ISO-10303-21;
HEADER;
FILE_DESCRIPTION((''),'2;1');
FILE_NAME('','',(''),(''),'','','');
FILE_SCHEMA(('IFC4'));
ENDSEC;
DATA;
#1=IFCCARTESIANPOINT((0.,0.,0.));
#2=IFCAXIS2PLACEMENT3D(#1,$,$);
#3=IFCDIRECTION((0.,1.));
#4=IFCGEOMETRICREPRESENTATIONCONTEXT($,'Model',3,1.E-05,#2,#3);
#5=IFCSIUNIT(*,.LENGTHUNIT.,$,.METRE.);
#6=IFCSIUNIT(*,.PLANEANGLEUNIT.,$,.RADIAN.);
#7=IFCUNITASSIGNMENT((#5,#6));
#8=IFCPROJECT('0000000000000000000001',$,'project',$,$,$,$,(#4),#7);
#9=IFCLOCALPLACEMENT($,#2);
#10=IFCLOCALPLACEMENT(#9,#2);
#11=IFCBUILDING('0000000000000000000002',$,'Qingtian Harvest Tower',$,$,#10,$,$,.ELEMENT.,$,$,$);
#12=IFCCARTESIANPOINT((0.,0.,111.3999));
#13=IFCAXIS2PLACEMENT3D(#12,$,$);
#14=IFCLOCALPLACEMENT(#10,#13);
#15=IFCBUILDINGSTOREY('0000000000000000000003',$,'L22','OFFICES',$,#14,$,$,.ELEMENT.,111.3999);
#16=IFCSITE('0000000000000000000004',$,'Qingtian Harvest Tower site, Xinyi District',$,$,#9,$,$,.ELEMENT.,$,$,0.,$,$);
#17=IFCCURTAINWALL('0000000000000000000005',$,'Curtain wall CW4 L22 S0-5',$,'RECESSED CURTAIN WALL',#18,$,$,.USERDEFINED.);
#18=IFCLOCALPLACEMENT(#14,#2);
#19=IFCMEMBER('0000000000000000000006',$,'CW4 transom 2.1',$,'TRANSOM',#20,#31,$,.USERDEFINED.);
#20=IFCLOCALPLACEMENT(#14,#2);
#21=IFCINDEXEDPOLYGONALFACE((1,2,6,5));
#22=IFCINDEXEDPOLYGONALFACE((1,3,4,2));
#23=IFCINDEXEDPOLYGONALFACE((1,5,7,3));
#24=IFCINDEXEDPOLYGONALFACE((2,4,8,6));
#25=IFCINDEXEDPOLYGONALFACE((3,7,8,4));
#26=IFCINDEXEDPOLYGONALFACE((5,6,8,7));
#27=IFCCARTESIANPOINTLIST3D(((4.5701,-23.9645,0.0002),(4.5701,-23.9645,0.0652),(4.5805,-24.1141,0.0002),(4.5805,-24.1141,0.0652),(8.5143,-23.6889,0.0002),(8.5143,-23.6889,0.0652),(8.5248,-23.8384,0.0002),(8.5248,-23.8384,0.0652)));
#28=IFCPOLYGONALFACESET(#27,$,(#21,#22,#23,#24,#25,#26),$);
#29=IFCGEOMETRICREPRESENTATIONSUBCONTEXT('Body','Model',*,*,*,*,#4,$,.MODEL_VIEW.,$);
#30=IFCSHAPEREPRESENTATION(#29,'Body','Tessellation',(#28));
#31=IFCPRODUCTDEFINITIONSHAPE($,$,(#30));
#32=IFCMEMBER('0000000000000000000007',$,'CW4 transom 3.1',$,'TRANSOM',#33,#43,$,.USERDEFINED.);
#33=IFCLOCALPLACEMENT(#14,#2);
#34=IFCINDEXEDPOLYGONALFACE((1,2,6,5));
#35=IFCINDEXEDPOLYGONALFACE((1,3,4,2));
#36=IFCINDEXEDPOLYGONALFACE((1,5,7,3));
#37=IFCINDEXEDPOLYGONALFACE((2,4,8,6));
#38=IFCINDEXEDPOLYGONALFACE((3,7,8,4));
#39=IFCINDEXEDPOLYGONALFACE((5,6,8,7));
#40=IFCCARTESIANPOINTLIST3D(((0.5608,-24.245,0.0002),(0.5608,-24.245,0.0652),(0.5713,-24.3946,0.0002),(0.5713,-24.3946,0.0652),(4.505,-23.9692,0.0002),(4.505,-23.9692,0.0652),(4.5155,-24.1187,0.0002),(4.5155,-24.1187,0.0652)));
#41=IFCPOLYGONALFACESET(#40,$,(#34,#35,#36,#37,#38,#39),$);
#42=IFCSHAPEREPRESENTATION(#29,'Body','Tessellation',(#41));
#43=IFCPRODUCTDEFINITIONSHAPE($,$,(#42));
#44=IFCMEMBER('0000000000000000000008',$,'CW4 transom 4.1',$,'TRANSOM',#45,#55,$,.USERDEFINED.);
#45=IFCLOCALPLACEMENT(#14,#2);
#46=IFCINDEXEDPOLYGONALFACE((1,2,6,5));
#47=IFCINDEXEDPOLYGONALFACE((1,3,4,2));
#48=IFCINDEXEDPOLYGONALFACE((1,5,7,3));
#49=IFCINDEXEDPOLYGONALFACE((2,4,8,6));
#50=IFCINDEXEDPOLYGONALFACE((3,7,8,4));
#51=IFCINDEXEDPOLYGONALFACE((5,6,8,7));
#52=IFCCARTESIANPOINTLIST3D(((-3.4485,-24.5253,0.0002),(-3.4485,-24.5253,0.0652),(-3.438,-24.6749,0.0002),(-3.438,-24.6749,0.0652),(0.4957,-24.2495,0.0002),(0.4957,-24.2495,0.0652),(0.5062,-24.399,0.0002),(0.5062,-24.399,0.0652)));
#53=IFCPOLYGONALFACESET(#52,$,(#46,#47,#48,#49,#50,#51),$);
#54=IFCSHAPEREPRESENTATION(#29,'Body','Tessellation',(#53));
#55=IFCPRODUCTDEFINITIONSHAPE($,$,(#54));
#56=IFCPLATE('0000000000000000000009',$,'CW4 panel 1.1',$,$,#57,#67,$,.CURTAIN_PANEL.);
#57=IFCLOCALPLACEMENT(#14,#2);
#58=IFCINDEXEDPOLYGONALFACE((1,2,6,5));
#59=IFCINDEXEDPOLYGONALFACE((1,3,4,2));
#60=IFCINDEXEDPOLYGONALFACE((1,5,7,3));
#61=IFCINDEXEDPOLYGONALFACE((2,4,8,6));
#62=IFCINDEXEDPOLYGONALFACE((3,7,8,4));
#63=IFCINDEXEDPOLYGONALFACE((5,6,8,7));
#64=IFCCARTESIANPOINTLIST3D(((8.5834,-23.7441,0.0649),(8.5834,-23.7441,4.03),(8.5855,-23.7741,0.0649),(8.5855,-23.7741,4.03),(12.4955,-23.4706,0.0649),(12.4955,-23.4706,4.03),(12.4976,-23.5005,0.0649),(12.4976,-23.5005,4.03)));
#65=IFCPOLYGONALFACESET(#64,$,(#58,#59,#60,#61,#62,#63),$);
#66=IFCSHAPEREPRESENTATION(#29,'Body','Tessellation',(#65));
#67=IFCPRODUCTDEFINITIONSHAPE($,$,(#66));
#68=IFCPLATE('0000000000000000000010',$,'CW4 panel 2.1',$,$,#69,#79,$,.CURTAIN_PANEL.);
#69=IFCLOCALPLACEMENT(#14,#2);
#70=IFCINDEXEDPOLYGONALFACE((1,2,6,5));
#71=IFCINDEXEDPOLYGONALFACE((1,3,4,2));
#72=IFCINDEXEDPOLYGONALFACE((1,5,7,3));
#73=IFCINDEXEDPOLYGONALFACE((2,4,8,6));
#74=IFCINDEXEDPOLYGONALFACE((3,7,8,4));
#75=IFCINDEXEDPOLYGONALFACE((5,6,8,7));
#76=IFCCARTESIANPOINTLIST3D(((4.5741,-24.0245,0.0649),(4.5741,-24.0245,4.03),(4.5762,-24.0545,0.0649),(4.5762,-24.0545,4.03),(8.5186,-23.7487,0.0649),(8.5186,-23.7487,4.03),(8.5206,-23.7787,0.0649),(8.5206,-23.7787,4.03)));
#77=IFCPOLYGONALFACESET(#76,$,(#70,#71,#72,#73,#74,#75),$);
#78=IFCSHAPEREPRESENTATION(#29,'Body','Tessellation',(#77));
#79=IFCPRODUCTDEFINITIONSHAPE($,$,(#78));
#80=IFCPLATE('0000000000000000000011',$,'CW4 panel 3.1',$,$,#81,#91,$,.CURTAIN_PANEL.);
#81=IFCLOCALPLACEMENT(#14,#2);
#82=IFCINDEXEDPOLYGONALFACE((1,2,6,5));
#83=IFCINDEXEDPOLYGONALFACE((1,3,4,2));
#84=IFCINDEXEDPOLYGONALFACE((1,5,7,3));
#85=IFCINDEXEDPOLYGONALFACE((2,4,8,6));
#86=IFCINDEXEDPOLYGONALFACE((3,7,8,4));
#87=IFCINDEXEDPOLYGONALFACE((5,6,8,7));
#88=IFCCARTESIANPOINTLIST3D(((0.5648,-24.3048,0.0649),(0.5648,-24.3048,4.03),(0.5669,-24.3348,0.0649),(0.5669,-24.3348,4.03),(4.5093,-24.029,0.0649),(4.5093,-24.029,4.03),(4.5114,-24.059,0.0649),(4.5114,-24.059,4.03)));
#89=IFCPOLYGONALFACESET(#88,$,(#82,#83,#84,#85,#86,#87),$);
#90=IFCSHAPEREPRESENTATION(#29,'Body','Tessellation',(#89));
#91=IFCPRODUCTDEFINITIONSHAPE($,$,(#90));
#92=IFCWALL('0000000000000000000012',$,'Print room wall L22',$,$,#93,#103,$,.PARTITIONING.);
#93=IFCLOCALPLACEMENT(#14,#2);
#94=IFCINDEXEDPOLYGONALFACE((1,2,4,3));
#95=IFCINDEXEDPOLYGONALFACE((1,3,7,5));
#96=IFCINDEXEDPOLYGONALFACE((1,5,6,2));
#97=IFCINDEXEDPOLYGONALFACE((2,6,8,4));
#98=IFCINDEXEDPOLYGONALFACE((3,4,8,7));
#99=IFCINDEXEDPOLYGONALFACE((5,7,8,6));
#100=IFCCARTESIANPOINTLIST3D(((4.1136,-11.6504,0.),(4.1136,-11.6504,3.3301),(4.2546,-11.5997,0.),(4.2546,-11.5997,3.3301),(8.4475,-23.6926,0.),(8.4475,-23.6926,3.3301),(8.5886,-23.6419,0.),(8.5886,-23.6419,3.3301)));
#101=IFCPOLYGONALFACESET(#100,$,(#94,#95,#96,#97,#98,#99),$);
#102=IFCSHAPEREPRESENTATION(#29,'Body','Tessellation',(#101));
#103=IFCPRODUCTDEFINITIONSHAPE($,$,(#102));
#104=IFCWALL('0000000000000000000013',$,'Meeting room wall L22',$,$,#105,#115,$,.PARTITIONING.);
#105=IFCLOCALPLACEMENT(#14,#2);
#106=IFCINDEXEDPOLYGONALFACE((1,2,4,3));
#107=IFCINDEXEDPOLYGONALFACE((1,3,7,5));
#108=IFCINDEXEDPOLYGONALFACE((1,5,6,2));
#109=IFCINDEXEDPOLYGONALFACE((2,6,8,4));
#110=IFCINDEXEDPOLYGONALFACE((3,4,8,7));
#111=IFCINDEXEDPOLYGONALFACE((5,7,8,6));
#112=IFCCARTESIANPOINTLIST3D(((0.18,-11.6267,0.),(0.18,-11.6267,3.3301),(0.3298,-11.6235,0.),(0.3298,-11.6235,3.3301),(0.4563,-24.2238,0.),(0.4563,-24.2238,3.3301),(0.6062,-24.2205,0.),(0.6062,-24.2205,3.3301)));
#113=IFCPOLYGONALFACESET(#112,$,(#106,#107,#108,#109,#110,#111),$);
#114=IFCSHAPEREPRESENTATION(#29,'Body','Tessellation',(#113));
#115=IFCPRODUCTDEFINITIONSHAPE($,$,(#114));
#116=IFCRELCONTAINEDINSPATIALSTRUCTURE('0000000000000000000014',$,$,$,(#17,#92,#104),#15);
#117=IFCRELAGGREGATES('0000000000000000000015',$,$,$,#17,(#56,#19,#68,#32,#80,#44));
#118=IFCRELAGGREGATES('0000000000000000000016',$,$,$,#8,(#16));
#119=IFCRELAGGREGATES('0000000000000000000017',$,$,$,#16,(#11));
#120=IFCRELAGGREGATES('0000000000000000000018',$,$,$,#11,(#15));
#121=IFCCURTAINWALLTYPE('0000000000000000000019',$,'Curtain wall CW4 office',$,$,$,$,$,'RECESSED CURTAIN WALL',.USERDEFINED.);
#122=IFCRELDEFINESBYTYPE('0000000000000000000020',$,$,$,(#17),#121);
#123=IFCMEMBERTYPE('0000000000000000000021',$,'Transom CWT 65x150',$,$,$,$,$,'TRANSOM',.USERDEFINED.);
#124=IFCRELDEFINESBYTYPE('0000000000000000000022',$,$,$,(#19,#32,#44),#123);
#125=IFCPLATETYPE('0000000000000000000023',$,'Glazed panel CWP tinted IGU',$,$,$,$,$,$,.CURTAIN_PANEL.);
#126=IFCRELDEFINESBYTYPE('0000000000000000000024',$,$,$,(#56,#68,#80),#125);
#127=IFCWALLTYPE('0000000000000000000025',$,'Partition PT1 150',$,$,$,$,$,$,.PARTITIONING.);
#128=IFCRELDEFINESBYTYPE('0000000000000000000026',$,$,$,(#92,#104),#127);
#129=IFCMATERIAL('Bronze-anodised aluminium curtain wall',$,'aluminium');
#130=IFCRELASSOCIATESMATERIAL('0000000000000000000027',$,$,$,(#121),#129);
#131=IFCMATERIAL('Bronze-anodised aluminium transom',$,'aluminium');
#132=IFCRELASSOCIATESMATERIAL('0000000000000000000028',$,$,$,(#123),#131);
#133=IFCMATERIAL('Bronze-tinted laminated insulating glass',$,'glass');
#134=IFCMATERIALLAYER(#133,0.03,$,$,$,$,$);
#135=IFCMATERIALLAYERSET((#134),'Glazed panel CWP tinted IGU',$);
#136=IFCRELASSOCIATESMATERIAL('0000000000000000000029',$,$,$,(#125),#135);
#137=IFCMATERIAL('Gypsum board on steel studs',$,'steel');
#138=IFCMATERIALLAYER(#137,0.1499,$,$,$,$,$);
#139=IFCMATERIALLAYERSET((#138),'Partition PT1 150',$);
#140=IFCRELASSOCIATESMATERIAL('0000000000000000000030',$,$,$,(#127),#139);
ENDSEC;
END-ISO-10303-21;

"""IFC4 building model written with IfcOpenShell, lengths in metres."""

from ifc_helpers import new_model, si_unit, direction, frame, frame_2d, origin, origin_2d, place, context, subcontext, project, spatial, rectangle, extrude, material, layer, layer_set, material_profile, profile_set, type_object, element, aggregate, save


model = new_model("IFC4")

# Units and contexts
model_context = context("Model", 3, precision=1e-05, world=origin(), true_north=direction((0.0, 1.0)))
body_context = subcontext(model_context, "Body", "Model", "MODEL_VIEW")
ifc_project = project(units=[si_unit("LENGTHUNIT", "METRE"), si_unit("PLANEANGLEUNIT", "RADIAN")], contexts=[model_context])

# Site, building, storey
site_placement = place(None, origin())
site = spatial("IfcSite", under=ifc_project, at=site_placement, Name="Qingtian Harvest Tower site, Xinyi District", CompositionType="ELEMENT", RefElevation=0.0)
building_placement = place(site_placement, origin())
building = spatial("IfcBuilding", under=site, at=building_placement, Name="Qingtian Harvest Tower", CompositionType="ELEMENT")
storey_placement = place(building_placement, frame((0.0, 0.0, 111.3999)))
storey = spatial("IfcBuildingStorey", under=building, at=storey_placement, Name="L22", Description="OFFICES", CompositionType="ELEMENT", Elevation=111.3999)

# Shared definitions
ifc_material_1 = material(Name="Bronze-anodised aluminium curtain wall", Category="aluminium")
curtain_wall_type = type_object("IfcCurtainWallType", Name="Curtain wall CW4 office", ElementType="RECESSED CURTAIN WALL", PredefinedType="USERDEFINED", material=ifc_material_1)

# Curtain wall
curtain_wall_1_placement = place(storey_placement, origin())
curtain_wall_1 = element("IfcCurtainWall", 1, at=curtain_wall_1_placement, inside=storey, type_object=curtain_wall_type, Name="Curtain wall CW4 L22 S0-5", ObjectType="RECESSED CURTAIN WALL", PredefinedType="USERDEFINED")

# Members
ifc_material_2 = material(Name="Bronze-anodised aluminium transom", Category="aluminium")
ifc_material_profile_1 = material_profile(ifc_material_2, rectangle(XDim=0.1499, YDim=0.0649, at=origin_2d()), Name="AL 65x150")
ifc_profile_set_1 = profile_set([ifc_material_profile_1], Name="Bronze-anodised aluminium transom")
member_type_1 = type_object("IfcMemberType", Name="Transom CWT 65x150", ElementType="TRANSOM", PredefinedType="USERDEFINED", material=ifc_profile_set_1)
member_1_placement = place(storey_placement, frame((8.5195, -23.7637, 0.0327), z_axis=(-0.997567, -0.069711, 0.0), x_axis=(0.069711, -0.997567, 0.0)))
member_1 = element("IfcMember", 2, at=member_1_placement, type_object=member_type_1, Name="CW4 transom 2.1", ObjectType="TRANSOM", PredefinedType="USERDEFINED", context=body_context, shape_type="SweptSolid", body=[
    extrude(rectangle(XDim=0.1499, YDim=0.0649, at=origin_2d()), origin(), (0.0, 0.0, 1.0), 3.9539),
])
member_2_placement = place(storey_placement, frame((4.5103, -24.0439, 0.0327), z_axis=(-0.997563, -0.069773, 0.0), x_axis=(0.069773, -0.997563, 0.0)))
member_2 = element("IfcMember", 3, at=member_2_placement, type_object=member_type_1, Name="CW4 transom 3.1", ObjectType="TRANSOM", PredefinedType="USERDEFINED", context=body_context, shape_type="SweptSolid", body=[
    extrude(rectangle(XDim=0.1499, YDim=0.0649, at=origin_2d()), origin(), (0.0, 0.0, 1.0), 3.9539),
])
member_3_placement = place(storey_placement, frame((0.501, -24.3242, 0.0327), z_axis=(-0.997563, -0.069773, 0.0), x_axis=(0.069773, -0.997563, 0.0)))
member_3 = element("IfcMember", 4, at=member_3_placement, type_object=member_type_1, Name="CW4 transom 4.1", ObjectType="TRANSOM", PredefinedType="USERDEFINED", context=body_context, shape_type="SweptSolid", body=[
    extrude(rectangle(XDim=0.1499, YDim=0.0649, at=origin_2d()), origin(), (0.0, 0.0, 1.0), 3.9539),
])

# Plates
ifc_material_3 = material(Name="Bronze-tinted laminated insulating glass", Category="glass")
ifc_layer_1 = layer(ifc_material_3, 0.03)
ifc_layer_set_1 = layer_set([ifc_layer_1], Name="Glazed panel CWP tinted IGU")
plate_type = type_object("IfcPlateType", Name="Glazed panel CWP tinted IGU", PredefinedType="CURTAIN_PANEL", material=ifc_layer_set_1)
plate_1_placement = place(storey_placement, frame((10.5405, -23.6223, 0.0649), z_axis=(0.0, 0.0, 1.0), x_axis=(-0.997564, -0.069756, 0.0)))
plate_1 = element("IfcPlate", 5, at=plate_1_placement, type_object=plate_type, Name="CW4 panel 1.1", PredefinedType="CURTAIN_PANEL", context=body_context, shape_type="SweptSolid", body=[
    extrude(rectangle(XDim=3.9216, YDim=0.03, at=origin_2d()), origin(), (0.0, 0.0, 1.0), 3.9651),
])
plate_2_placement = place(storey_placement, frame((6.5474, -23.9016, 0.0649), z_axis=(0.0, 0.0, 1.0), x_axis=(-0.997564, -0.069756, 0.0)))
plate_2 = element("IfcPlate", 6, at=plate_2_placement, type_object=plate_type, Name="CW4 panel 2.1", PredefinedType="CURTAIN_PANEL", context=body_context, shape_type="SweptSolid", body=[
    extrude(rectangle(XDim=3.9541, YDim=0.03, at=origin_2d()), origin(), (0.0, 0.0, 1.0), 3.9651),
])
plate_3_placement = place(storey_placement, frame((2.5381, -24.1819, 0.0649), z_axis=(0.0, 0.0, 1.0), x_axis=(-0.997564, -0.069756, 0.0)))
plate_3 = element("IfcPlate", 7, at=plate_3_placement, type_object=plate_type, Name="CW4 panel 3.1", PredefinedType="CURTAIN_PANEL", context=body_context, shape_type="SweptSolid", body=[
    extrude(rectangle(XDim=3.9541, YDim=0.03, at=origin_2d()), origin(), (0.0, 0.0, 1.0), 3.9651),
])
aggregate(curtain_wall_1, [plate_1, member_1, plate_2, member_2, plate_3, member_3])

# Walls
ifc_material_4 = material(Name="Gypsum board on steel studs", Category="steel")
ifc_layer_2 = layer(ifc_material_4, 0.1499)
ifc_layer_set_2 = layer_set([ifc_layer_2], Name="Partition PT1 150")
wall_type = type_object("IfcWallType", Name="Partition PT1 150", PredefinedType="PARTITIONING", material=ifc_layer_set_2)
wall_1_placement = place(storey_placement, frame((8.5181, -23.6672, 0.0), z_axis=(0.0, 0.0, 1.0), x_axis=(-0.338635, 0.940918, 0.0)))
element("IfcWall", 8, at=wall_1_placement, inside=storey, type_object=wall_type, Name="Print room wall L22", PredefinedType="PARTITIONING", context=body_context, shape_type="SweptSolid", body=[
    extrude(rectangle(XDim=12.7983, YDim=0.1499, at=frame_2d((6.3992, 0.0))), origin(), (0.0, 0.0, 1.0), 3.3301),
])
wall_2_placement = place(storey_placement, frame((0.5312, -24.2222, 0.0), z_axis=(0.0, 0.0, 1.0), x_axis=(-0.021934, 0.999759, 0.0)))
element("IfcWall", 9, at=wall_2_placement, inside=storey, type_object=wall_type, Name="Meeting room wall L22", PredefinedType="PARTITIONING", context=body_context, shape_type="SweptSolid", body=[
    extrude(rectangle(XDim=12.6001, YDim=0.1499, at=frame_2d((6.3, 0.0))), origin(), (0.0, 0.0, 1.0), 3.3301),
])

save(model, "model.ifc")
